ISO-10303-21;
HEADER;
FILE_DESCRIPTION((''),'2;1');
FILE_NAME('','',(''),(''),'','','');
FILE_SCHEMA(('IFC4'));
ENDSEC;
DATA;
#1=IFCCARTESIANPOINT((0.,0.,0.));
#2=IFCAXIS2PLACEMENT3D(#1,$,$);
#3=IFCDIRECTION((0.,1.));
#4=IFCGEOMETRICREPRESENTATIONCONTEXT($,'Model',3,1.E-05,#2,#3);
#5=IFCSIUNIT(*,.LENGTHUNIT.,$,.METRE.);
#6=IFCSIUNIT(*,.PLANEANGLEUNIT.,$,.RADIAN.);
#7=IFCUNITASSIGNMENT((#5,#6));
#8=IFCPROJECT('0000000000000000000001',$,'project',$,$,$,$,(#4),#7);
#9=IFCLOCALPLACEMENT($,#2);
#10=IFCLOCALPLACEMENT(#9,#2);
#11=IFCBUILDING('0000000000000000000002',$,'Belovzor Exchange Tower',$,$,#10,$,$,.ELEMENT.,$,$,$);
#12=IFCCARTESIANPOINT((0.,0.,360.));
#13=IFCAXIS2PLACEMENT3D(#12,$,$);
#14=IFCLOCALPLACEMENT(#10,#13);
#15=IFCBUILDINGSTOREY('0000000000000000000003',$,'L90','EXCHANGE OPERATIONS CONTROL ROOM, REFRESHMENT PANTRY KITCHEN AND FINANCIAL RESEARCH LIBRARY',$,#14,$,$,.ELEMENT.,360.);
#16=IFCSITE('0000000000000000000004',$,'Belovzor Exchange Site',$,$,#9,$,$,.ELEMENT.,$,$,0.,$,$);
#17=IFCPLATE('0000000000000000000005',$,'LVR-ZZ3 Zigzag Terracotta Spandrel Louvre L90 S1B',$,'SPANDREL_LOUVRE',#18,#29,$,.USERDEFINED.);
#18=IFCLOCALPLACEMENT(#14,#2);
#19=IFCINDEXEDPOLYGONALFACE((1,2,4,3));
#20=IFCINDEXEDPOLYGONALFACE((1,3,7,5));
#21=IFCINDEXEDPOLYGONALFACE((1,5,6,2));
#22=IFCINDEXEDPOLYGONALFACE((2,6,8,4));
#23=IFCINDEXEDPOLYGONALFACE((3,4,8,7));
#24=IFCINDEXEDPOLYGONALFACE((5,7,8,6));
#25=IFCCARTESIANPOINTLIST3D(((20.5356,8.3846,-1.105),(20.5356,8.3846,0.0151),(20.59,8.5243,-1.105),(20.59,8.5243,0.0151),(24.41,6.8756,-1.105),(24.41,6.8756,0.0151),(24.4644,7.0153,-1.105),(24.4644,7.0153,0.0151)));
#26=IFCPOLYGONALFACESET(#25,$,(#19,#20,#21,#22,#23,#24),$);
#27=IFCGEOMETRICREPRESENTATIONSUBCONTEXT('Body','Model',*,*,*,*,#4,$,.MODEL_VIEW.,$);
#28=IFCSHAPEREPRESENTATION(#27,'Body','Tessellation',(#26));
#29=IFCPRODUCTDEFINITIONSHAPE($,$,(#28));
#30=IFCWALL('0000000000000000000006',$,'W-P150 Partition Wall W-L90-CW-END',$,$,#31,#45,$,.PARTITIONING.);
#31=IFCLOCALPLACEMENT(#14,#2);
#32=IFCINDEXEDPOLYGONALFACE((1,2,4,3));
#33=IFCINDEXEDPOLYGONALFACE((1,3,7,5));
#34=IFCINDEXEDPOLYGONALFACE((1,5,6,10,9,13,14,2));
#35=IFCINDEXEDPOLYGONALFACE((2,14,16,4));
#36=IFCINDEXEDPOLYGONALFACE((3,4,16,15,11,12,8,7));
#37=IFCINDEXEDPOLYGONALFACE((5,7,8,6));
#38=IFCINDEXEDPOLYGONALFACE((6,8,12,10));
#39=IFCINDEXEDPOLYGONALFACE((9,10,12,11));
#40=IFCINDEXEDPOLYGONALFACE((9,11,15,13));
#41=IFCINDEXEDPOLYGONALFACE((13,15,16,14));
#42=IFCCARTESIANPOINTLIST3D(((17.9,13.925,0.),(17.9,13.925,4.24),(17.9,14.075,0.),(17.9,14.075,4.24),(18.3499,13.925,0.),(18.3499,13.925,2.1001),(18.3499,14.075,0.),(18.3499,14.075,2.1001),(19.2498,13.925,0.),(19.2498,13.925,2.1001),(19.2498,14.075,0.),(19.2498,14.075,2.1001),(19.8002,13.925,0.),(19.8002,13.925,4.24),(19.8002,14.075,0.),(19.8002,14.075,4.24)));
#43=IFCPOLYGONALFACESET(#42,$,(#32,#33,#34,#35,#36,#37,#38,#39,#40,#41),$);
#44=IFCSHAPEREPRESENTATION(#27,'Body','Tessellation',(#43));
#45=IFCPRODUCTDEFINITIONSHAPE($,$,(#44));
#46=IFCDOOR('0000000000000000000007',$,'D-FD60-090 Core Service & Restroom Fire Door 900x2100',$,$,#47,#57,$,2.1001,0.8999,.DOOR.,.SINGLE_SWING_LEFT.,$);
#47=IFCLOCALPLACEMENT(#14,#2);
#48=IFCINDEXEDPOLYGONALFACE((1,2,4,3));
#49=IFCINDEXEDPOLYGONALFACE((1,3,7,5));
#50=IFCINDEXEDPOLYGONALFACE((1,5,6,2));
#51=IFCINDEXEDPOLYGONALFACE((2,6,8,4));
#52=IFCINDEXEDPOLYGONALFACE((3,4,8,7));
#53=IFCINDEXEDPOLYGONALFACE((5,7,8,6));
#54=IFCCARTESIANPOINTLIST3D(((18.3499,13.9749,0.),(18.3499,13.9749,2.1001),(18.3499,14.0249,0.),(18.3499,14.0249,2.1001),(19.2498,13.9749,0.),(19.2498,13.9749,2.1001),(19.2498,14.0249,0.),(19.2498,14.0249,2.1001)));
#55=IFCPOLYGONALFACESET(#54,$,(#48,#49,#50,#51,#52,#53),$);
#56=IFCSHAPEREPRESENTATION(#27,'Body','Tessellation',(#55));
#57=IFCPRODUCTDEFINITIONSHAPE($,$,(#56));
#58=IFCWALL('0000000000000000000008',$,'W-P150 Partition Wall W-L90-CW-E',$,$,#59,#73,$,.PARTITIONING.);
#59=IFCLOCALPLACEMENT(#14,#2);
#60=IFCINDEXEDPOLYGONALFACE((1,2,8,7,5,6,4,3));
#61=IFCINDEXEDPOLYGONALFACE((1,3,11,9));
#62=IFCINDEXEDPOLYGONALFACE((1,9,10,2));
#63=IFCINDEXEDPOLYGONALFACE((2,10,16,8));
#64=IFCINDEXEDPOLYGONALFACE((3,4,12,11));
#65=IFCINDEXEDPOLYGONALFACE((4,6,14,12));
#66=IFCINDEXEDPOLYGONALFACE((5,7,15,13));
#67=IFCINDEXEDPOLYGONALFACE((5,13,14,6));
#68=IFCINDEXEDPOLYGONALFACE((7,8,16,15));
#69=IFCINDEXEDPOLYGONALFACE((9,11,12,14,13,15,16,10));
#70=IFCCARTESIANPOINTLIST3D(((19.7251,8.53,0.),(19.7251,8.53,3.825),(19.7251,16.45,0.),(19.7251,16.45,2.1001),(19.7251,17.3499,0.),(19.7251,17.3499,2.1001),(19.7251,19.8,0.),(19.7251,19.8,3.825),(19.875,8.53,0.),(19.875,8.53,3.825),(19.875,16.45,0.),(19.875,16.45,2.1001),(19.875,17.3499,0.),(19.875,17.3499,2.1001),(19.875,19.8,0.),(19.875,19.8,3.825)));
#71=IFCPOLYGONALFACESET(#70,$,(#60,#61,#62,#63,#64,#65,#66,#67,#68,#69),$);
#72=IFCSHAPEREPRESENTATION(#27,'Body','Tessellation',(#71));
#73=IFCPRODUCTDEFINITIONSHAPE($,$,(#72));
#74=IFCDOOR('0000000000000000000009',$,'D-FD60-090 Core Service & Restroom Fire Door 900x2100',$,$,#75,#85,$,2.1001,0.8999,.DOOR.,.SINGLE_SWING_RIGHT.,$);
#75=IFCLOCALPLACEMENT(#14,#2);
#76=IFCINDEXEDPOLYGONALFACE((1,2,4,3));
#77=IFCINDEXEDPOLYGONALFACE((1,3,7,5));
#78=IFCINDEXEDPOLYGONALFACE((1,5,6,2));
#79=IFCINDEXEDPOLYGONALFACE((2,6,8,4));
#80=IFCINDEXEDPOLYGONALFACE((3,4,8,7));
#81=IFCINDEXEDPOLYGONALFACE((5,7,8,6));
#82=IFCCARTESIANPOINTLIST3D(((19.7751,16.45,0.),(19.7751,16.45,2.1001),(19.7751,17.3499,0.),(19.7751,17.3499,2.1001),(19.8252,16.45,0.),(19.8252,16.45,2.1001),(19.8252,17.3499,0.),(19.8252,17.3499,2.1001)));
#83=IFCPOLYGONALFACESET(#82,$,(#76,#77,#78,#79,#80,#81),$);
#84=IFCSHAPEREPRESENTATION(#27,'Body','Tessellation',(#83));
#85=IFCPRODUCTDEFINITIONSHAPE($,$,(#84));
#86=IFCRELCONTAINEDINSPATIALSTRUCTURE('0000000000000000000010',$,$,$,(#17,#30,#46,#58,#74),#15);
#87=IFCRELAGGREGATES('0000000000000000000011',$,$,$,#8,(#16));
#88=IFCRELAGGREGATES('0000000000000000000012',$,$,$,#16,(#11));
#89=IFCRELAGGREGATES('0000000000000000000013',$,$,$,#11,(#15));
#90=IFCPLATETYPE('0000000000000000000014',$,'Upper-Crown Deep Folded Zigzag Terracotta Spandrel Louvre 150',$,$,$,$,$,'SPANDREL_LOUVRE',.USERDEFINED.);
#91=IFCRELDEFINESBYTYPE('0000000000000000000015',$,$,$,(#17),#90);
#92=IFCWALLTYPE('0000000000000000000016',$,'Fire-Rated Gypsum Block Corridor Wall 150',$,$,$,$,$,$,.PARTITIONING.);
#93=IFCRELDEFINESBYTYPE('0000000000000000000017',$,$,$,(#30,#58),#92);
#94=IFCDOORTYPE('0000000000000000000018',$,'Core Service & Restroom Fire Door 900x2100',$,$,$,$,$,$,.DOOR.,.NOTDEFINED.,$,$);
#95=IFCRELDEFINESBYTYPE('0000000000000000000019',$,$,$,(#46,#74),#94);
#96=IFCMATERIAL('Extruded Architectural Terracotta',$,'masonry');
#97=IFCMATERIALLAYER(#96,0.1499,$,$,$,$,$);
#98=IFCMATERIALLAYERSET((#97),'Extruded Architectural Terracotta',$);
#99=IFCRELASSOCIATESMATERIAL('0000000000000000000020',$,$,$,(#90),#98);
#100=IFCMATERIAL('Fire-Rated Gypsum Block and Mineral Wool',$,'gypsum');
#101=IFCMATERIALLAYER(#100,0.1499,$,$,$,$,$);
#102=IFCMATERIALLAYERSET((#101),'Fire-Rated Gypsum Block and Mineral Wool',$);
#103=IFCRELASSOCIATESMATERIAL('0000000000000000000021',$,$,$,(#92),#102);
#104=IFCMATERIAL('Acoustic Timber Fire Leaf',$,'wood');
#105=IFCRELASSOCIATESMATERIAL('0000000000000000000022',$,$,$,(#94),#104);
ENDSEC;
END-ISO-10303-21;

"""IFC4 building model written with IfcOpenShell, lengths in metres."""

from ifc_helpers import new_model, si_unit, direction, frame, frame_2d, origin, origin_2d, place, context, subcontext, project, spatial, rectangle, extrude, material, layer, layer_set, type_object, element, fill, save


model = new_model("IFC4")

# Units and contexts
model_context = context("Model", 3, precision=1e-05, world=origin(), true_north=direction((0.0, 1.0)))
body_context = subcontext(model_context, "Body", "Model", "MODEL_VIEW")
ifc_project = project(units=[si_unit("LENGTHUNIT", "METRE"), si_unit("PLANEANGLEUNIT", "RADIAN")], contexts=[model_context])

# Site, building, storey
site_placement = place(None, origin())
site = spatial("IfcSite", under=ifc_project, at=site_placement, Name="Belovzor Exchange Site", CompositionType="ELEMENT", RefElevation=0.0)
building_placement = place(site_placement, origin())
building = spatial("IfcBuilding", under=site, at=building_placement, Name="Belovzor Exchange Tower", CompositionType="ELEMENT")
storey_placement = place(building_placement, frame((0.0, 0.0, 360.0)))
storey = spatial("IfcBuildingStorey", under=building, at=storey_placement, Name="L90", Description="EXCHANGE OPERATIONS CONTROL ROOM, REFRESHMENT PANTRY KITCHEN AND FINANCIAL RESEARCH LIBRARY", CompositionType="ELEMENT", Elevation=360.0)

# Plate
ifc_material_1 = material(Name="Extruded Architectural Terracotta", Category="masonry")
ifc_layer_1 = layer(ifc_material_1, 0.1499)
ifc_layer_set_1 = layer_set([ifc_layer_1], Name="Extruded Architectural Terracotta")
plate_type_1 = type_object("IfcPlateType", Name="Upper-Crown Deep Folded Zigzag Terracotta Spandrel Louvre 150", ElementType="SPANDREL_LOUVRE", PredefinedType="USERDEFINED", material=ifc_layer_set_1)
for number, where, z_axis, x_axis, name in (
    (1, (22.5, 7.7, -1.105), (0.0, 0.0, 1.0), (0.931818, -0.362926, 0.0), "LVR-ZZ3 Zigzag Terracotta Spandrel Louvre L90 S1B"),
):
    element("IfcPlate", number, at=place(storey_placement, frame(where, z_axis=z_axis, x_axis=x_axis)), inside=storey, type_object=plate_type_1, Name=name, ObjectType="SPANDREL_LOUVRE", PredefinedType="USERDEFINED", context=body_context, shape_type="SweptSolid", body=[
        extrude(rectangle(XDim=4.158, YDim=0.1499, at=origin_2d()), origin(), (0.0, 0.0, 1.0), 1.1201),
    ])

# Walls, openings, doors
ifc_material_2 = material(Name="Fire-Rated Gypsum Block and Mineral Wool", Category="gypsum")
ifc_layer_2 = layer(ifc_material_2, 0.1499)
ifc_layer_set_2 = layer_set([ifc_layer_2], Name="Fire-Rated Gypsum Block and Mineral Wool")
wall_type_1 = type_object("IfcWallType", Name="Fire-Rated Gypsum Block Corridor Wall 150", PredefinedType="PARTITIONING", material=ifc_layer_set_2)
wall_1_placement = place(storey_placement, frame((17.8999, 14.0, 0.0), z_axis=(0.0, 0.0, 1.0), x_axis=(1.0, 0.0, 0.0)))
wall_1 = element("IfcWall", 2, at=wall_1_placement, inside=storey, type_object=wall_type_1, Name="W-P150 Partition Wall W-L90-CW-END", PredefinedType="PARTITIONING", context=body_context, shape_type="SweptSolid", body=[
    extrude(rectangle(XDim=1.9001, YDim=0.1499, at=frame_2d((0.9502, 0.0))), origin(), (0.0, 0.0, 1.0), 4.24),
])
opening_1_placement = place(wall_1_placement, frame((0.45, 0.0, 0.0)))
opening_1 = element("IfcOpeningElement", 3, at=opening_1_placement, cuts=wall_1, PredefinedType="OPENING", context=body_context, shape_type="SweptSolid", body=[
    extrude(rectangle(XDim=0.8999, YDim=2.1001, at=frame_2d((0.45, 1.05))), frame((0.0, 0.085, 0.0), z_axis=(0.0, -1.0, 0.0), x_axis=(1.0, 0.0, 0.0)), (0.0, 0.0, 1.0), 0.1699),
])
ifc_material_3 = material(Name="Acoustic Timber Fire Leaf", Category="wood")
door_type_1 = type_object("IfcDoorType", Name="Core Service & Restroom Fire Door 900x2100", OperationType="NOTDEFINED", PredefinedType="DOOR", material=ifc_material_3)
door_1_placement = place(opening_1_placement, origin())
door_1 = element("IfcDoor", 4, at=door_1_placement, inside=storey, type_object=door_type_1, Name="D-FD60-090 Core Service & Restroom Fire Door 900x2100", OperationType="SINGLE_SWING_LEFT", OverallHeight=2.1001, OverallWidth=0.8999, PredefinedType="DOOR", context=body_context, shape_type="SweptSolid", body=[
    extrude(rectangle(XDim=0.8999, YDim=2.1001, at=frame_2d((0.45, 1.05))), frame((0.0, 0.0249, 0.0), z_axis=(0.0, -1.0, 0.0), x_axis=(1.0, 0.0, 0.0)), (0.0, 0.0, 1.0), 0.05),
])
fill(opening_1, door_1)
wall_2_placement = place(storey_placement, frame((19.8, 8.53, 0.0), z_axis=(0.0, 0.0, 1.0), x_axis=(0.0, 1.0, 0.0)))
wall_2 = element("IfcWall", 5, at=wall_2_placement, inside=storey, type_object=wall_type_1, Name="W-P150 Partition Wall W-L90-CW-E", PredefinedType="PARTITIONING", context=body_context, shape_type="SweptSolid", body=[
    extrude(rectangle(XDim=11.27, YDim=0.1499, at=frame_2d((5.635, 0.0))), origin(), (0.0, 0.0, 1.0), 3.825),
])
opening_2_placement = place(wall_2_placement, frame((7.9199, 0.0, 0.0)))
opening_2 = element("IfcOpeningElement", 6, at=opening_2_placement, cuts=wall_2, PredefinedType="OPENING", context=body_context, shape_type="SweptSolid", body=[
    extrude(rectangle(XDim=0.8999, YDim=2.1001, at=frame_2d((0.45, 1.05))), frame((0.0, 0.085, 0.0), z_axis=(0.0, -1.0, 0.0), x_axis=(1.0, 0.0, 0.0)), (0.0, 0.0, 1.0), 0.1699),
])
door_2_placement = place(opening_2_placement, origin())
door_2 = element("IfcDoor", 7, at=door_2_placement, inside=storey, type_object=door_type_1, Name="D-FD60-090 Core Service & Restroom Fire Door 900x2100", OperationType="SINGLE_SWING_RIGHT", OverallHeight=2.1001, OverallWidth=0.8999, PredefinedType="DOOR", context=body_context, shape_type="SweptSolid", body=[
    extrude(rectangle(XDim=0.8999, YDim=2.1001, at=frame_2d((0.45, 1.05))), frame((0.0, 0.0249, 0.0), z_axis=(0.0, -1.0, 0.0), x_axis=(1.0, 0.0, 0.0)), (0.0, 0.0, 1.0), 0.05),
])
fill(opening_2, door_2)

save(model, "model.ifc")
